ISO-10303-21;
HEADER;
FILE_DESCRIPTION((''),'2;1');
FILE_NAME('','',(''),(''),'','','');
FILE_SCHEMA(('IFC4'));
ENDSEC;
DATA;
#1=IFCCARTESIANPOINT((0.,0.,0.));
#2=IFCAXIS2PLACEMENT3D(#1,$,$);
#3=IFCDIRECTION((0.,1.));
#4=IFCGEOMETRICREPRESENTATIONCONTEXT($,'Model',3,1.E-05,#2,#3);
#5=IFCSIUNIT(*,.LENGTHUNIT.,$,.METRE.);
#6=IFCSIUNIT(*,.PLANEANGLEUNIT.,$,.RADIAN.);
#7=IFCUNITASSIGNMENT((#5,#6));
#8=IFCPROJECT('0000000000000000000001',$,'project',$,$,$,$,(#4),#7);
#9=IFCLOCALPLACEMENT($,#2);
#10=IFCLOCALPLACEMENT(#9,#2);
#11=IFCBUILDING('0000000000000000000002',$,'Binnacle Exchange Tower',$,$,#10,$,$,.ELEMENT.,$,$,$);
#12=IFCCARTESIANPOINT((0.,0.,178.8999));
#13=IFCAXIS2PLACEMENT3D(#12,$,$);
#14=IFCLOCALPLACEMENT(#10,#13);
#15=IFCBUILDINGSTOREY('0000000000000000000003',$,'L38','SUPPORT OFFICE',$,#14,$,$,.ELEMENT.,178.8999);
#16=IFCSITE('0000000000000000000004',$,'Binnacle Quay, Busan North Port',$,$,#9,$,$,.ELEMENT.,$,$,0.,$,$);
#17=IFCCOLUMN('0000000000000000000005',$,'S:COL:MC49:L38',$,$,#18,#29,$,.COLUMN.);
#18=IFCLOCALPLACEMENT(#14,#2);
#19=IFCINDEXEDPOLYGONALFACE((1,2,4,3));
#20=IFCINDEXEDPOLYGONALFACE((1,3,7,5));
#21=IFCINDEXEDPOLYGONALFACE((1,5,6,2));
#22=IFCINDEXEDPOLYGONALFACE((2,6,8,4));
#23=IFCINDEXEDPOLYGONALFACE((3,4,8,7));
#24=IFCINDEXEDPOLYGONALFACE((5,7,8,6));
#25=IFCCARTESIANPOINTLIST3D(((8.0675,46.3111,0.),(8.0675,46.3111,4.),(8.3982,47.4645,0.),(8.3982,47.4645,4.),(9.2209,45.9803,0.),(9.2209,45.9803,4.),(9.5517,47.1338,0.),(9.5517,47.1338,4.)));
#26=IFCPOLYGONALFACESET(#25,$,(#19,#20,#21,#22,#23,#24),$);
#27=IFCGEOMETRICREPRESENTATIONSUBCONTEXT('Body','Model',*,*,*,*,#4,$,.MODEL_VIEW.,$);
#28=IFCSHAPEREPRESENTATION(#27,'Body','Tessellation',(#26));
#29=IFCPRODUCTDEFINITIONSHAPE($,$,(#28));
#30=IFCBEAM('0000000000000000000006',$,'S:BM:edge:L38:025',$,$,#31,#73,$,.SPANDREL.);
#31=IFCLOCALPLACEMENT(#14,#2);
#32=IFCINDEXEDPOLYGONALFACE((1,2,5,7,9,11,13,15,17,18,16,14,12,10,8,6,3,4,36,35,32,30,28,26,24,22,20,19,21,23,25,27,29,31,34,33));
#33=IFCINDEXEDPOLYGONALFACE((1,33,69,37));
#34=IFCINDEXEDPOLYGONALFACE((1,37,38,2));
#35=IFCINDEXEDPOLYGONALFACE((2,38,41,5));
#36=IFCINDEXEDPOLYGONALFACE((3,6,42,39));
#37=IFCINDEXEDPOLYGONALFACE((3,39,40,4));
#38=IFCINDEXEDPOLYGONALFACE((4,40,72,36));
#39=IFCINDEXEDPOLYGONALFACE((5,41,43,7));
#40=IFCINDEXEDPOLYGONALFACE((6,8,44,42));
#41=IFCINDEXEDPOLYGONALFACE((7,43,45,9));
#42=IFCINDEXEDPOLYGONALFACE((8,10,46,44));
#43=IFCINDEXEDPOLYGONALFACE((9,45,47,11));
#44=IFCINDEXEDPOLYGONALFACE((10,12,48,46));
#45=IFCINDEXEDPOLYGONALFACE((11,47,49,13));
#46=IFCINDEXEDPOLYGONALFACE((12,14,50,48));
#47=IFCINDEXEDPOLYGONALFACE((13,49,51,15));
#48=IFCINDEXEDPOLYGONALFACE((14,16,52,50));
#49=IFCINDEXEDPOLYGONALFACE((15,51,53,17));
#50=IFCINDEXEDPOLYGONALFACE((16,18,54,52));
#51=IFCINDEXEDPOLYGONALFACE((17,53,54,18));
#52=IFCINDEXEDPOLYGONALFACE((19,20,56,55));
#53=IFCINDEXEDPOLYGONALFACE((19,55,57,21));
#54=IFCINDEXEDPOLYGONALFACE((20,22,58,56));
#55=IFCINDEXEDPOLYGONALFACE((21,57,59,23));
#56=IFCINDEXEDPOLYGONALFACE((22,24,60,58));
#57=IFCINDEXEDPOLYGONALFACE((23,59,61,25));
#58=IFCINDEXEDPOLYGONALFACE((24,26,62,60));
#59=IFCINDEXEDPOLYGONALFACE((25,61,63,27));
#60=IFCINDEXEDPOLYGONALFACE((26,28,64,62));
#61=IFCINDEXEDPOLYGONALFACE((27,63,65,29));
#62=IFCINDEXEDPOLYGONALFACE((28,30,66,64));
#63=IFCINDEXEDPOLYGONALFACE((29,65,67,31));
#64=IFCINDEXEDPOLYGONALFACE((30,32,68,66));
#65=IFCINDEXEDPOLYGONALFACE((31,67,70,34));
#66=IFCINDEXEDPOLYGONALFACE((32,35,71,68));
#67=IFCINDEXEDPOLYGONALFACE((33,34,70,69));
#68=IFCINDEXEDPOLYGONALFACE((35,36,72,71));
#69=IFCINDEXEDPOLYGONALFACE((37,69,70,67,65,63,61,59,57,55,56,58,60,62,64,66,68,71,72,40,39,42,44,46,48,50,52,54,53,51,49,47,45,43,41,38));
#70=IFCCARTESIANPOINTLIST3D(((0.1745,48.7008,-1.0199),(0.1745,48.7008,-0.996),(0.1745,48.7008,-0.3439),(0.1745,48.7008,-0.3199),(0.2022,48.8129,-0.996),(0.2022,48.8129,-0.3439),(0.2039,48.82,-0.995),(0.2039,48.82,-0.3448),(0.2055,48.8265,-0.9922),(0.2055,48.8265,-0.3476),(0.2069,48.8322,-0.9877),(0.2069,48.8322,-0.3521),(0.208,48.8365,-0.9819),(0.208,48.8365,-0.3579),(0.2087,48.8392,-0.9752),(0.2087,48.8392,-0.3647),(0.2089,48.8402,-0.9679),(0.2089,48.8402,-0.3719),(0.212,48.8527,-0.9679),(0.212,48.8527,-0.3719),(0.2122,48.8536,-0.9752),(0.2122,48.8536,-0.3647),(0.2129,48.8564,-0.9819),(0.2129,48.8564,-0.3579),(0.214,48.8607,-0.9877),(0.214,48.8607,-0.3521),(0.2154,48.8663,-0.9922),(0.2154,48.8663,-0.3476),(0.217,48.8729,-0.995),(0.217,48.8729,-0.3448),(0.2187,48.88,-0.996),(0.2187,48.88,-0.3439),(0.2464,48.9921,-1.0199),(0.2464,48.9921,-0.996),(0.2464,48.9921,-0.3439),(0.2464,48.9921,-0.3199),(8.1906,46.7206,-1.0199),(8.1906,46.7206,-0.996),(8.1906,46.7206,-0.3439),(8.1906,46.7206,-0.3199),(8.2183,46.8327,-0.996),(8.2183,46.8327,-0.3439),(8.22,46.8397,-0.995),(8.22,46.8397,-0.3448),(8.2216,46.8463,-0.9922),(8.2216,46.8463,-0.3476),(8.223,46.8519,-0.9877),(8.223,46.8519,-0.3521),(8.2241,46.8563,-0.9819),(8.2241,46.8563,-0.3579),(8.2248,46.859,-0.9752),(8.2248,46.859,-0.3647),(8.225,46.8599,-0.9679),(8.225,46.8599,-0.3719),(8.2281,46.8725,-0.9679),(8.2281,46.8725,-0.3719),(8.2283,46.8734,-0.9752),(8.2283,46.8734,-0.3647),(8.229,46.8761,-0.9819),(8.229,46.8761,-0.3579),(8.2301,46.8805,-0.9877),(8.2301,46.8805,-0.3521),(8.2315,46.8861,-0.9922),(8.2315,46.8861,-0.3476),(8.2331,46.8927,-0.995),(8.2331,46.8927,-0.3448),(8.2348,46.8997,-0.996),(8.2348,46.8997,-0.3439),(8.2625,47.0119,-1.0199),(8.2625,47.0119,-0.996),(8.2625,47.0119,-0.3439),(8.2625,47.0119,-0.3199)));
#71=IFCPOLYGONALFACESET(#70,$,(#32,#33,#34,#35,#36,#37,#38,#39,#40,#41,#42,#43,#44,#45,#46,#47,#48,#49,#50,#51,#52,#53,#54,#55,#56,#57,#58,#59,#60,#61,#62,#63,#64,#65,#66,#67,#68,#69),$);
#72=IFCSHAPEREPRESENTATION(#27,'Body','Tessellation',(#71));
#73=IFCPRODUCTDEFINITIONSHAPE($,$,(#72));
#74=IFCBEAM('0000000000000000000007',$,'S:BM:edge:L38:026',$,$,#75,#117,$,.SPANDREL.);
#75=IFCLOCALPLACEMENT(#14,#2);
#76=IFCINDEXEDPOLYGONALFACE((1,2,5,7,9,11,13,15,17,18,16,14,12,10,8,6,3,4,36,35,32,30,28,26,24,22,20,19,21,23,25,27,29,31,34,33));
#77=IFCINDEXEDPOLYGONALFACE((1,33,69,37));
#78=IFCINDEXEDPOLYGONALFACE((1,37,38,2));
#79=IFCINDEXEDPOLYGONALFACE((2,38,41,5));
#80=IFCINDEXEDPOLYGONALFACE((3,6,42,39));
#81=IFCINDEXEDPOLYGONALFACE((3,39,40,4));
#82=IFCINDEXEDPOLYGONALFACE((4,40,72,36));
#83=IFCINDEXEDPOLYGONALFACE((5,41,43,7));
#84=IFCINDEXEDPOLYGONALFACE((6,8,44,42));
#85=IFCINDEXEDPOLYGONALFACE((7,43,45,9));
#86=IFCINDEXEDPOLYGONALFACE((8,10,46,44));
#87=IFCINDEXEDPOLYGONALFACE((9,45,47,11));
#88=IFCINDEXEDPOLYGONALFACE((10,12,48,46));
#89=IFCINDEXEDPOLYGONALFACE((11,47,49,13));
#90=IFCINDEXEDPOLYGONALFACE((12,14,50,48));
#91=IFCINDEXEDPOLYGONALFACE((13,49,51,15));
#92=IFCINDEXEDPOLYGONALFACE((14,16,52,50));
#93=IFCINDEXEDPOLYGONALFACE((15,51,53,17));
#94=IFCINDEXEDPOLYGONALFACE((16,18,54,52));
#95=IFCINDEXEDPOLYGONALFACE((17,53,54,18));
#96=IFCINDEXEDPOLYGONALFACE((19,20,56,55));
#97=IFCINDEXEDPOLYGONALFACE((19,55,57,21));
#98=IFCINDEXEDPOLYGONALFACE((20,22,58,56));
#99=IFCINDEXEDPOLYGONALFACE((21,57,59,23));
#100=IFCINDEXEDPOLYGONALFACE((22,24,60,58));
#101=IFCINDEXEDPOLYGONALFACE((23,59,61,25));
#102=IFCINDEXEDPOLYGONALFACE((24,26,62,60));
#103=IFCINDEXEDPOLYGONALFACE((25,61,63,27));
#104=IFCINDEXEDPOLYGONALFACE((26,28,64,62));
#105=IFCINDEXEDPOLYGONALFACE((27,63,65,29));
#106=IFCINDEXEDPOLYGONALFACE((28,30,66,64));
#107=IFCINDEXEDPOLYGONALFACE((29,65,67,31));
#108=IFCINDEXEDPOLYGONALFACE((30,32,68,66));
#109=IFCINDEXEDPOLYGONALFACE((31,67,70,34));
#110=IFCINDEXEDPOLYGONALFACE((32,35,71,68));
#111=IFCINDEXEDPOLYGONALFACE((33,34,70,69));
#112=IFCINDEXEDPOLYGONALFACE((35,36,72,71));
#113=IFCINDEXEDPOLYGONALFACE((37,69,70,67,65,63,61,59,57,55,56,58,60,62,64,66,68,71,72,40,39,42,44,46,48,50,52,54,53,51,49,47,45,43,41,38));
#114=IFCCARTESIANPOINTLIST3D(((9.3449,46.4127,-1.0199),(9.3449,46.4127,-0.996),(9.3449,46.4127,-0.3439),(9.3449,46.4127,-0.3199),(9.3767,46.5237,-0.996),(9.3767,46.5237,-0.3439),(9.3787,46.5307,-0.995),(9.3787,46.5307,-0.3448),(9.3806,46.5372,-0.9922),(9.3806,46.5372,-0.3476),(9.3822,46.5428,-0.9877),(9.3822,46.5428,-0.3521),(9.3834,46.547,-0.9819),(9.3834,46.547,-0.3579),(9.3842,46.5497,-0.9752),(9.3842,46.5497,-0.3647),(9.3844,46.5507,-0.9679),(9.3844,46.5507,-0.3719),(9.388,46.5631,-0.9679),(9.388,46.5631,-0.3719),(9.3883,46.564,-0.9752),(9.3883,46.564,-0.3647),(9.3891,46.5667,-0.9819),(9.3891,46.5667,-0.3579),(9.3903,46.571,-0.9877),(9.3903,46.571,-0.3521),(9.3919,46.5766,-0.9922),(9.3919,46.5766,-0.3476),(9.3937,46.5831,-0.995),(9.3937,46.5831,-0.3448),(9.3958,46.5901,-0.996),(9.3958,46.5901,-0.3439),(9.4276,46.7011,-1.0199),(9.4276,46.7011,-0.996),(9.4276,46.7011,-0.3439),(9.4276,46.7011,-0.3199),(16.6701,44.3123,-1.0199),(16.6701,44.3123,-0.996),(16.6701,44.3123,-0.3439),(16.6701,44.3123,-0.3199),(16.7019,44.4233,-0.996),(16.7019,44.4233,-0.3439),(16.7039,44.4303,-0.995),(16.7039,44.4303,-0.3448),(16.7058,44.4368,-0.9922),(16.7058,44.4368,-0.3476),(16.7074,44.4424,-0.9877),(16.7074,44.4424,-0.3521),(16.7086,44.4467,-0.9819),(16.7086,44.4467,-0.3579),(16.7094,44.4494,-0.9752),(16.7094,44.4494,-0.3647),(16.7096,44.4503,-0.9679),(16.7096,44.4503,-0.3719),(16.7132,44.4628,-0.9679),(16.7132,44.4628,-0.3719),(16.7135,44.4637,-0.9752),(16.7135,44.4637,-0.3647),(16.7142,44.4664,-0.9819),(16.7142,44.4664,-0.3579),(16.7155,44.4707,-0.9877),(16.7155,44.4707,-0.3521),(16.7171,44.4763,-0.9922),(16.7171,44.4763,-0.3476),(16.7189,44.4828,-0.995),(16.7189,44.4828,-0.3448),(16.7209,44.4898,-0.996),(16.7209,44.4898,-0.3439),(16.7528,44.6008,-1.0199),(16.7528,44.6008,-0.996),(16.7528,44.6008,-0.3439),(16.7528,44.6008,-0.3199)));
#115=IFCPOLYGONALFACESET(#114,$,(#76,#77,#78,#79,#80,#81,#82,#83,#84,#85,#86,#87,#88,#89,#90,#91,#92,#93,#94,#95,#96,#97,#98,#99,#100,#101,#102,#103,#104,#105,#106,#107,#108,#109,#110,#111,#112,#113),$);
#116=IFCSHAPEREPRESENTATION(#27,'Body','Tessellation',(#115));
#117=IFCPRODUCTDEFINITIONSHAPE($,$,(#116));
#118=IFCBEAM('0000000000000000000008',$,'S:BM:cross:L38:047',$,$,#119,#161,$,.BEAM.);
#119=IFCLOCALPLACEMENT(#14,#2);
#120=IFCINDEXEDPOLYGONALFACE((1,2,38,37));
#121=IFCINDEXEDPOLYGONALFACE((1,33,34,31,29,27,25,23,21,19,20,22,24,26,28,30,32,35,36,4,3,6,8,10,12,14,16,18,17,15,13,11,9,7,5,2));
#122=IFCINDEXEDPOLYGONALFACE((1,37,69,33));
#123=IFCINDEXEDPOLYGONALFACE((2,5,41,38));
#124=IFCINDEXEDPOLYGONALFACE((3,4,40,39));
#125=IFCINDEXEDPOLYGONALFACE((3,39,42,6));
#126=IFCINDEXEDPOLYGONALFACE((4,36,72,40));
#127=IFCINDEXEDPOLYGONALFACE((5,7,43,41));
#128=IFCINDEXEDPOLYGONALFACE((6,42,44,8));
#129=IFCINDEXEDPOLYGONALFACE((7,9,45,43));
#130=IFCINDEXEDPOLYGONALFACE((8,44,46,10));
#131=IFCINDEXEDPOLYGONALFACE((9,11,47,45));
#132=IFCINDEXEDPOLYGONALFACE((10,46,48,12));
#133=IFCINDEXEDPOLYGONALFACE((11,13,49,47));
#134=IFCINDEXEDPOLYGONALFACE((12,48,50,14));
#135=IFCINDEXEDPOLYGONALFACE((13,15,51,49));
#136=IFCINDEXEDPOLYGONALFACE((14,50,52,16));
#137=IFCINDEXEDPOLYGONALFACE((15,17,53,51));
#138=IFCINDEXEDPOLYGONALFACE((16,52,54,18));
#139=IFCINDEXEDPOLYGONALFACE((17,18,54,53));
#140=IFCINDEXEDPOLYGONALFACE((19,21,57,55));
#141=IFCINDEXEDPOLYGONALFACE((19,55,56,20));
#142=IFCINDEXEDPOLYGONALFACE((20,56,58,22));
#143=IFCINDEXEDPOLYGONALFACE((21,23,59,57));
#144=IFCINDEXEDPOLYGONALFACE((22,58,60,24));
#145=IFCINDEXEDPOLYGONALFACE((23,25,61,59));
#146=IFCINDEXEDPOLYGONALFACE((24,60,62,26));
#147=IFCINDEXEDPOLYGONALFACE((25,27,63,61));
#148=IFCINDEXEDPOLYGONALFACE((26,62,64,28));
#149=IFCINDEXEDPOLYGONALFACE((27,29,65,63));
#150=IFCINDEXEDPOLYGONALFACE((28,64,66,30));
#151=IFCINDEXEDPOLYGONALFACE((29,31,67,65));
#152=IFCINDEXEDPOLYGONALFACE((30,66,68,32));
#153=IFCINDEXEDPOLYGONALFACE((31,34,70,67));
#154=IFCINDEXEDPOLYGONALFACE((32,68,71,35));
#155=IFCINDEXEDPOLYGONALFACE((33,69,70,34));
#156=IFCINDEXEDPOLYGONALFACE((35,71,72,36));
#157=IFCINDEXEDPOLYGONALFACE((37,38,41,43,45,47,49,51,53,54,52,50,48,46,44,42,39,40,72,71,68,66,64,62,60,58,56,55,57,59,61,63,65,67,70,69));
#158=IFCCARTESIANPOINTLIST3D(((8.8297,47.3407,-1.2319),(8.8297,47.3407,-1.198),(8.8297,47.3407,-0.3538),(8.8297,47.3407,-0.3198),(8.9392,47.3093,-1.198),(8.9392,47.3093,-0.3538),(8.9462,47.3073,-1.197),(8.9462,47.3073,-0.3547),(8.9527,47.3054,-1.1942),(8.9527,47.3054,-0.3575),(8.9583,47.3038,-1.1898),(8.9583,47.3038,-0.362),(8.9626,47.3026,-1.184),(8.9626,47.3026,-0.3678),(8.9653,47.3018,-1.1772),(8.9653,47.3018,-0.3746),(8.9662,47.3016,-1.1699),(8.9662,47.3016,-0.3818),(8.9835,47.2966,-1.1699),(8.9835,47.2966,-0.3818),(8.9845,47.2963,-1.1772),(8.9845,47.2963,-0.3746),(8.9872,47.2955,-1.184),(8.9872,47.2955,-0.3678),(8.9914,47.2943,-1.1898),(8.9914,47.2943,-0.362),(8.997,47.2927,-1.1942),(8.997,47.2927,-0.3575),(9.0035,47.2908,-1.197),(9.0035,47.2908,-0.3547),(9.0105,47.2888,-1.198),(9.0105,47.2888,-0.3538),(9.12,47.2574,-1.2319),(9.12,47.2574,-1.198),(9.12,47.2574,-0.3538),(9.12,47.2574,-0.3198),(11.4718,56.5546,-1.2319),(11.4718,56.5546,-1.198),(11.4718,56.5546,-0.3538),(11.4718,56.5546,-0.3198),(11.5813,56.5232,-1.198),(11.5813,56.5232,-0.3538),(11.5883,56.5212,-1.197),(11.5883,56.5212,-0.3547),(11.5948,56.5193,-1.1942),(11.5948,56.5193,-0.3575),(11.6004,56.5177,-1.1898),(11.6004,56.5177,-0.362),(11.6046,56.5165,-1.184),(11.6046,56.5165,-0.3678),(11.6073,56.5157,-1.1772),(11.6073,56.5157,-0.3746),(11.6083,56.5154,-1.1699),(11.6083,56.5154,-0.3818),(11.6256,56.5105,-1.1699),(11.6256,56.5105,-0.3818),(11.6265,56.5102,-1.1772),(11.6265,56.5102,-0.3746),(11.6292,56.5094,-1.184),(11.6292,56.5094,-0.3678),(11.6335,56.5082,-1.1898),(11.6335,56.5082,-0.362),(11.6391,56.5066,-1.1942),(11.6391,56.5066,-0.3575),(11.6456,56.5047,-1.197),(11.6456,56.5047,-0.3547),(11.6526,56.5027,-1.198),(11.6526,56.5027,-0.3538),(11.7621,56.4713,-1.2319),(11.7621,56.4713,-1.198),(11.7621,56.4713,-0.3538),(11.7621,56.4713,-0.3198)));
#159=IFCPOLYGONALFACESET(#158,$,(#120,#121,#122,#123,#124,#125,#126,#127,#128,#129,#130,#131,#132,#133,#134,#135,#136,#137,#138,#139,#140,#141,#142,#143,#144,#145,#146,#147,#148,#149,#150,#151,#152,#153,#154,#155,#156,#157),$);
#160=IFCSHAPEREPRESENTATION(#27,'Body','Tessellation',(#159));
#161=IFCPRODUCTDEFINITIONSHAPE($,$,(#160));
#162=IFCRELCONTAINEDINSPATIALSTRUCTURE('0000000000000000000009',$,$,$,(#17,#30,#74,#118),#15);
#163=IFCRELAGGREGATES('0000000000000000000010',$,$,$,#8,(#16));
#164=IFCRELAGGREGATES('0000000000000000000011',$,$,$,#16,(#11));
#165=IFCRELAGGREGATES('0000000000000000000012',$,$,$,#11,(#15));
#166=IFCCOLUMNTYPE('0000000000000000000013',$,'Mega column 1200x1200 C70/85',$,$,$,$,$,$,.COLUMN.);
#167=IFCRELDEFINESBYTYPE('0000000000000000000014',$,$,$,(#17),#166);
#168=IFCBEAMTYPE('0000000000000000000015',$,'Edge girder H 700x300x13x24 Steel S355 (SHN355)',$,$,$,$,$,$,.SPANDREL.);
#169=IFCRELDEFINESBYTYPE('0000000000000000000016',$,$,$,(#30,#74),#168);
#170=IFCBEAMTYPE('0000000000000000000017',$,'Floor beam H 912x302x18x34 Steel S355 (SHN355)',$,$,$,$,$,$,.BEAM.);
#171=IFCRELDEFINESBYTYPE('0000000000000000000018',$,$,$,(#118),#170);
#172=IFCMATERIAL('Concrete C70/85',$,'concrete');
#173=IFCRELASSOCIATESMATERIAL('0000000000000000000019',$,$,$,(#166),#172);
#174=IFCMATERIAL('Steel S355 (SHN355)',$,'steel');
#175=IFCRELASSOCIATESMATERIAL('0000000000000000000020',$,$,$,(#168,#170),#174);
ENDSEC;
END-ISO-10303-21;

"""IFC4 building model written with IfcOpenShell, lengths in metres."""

from ifc_helpers import new_model, si_unit, direction, frame, origin, origin_2d, place, context, subcontext, project, spatial, rectangle, i_section, extrude, material, material_profile, profile_set, type_object, element, save


model = new_model("IFC4")

# Units and contexts
model_context = context("Model", 3, precision=1e-05, world=origin(), true_north=direction((0.0, 1.0)))
body_context = subcontext(model_context, "Body", "Model", "MODEL_VIEW")
ifc_project = project(units=[si_unit("LENGTHUNIT", "METRE"), si_unit("PLANEANGLEUNIT", "RADIAN")], contexts=[model_context])

# Site, building, storey
site_placement = place(None, origin())
site = spatial("IfcSite", under=ifc_project, at=site_placement, Name="Binnacle Quay, Busan North Port", CompositionType="ELEMENT", RefElevation=0.0)
building_placement = place(site_placement, origin())
building = spatial("IfcBuilding", under=site, at=building_placement, Name="Binnacle Exchange Tower", CompositionType="ELEMENT")
storey_placement = place(building_placement, frame((0.0, 0.0, 178.8999)))
storey = spatial("IfcBuildingStorey", under=building, at=storey_placement, Name="L38", Description="SUPPORT OFFICE", CompositionType="ELEMENT", Elevation=178.8999)

# Column
ifc_material_1 = material(Name="Concrete C70/85", Category="concrete")
ifc_material_profile_1 = material_profile(ifc_material_1, rectangle(XDim=1.2, YDim=1.2, at=origin_2d()), Name="Mega column 1200x1200 C70/85")
ifc_profile_set_1 = profile_set([ifc_material_profile_1], Name="Concrete C70/85")
column_type = type_object("IfcColumnType", Name="Mega column 1200x1200 C70/85", PredefinedType="COLUMN", material=ifc_profile_set_1)
column_placement = place(storey_placement, frame((8.8096, 46.7224, 0.0), z_axis=(0.0, 0.0, 1.0), x_axis=(0.961262, -0.275637, 0.0)))
element("IfcColumn", 1, at=column_placement, inside=storey, type_object=column_type, Name="S:COL:MC49:L38", PredefinedType="COLUMN", context=body_context, shape_type="SweptSolid", body=[
    extrude(rectangle(XDim=1.2, YDim=1.2, at=origin_2d()), origin(), (0.0, 0.0, 1.0), 4.0),
])

# Beams
ifc_material_2 = material(Name="Steel S355 (SHN355)", Category="steel")
ifc_material_profile_2 = material_profile(ifc_material_2, i_section(OverallWidth=0.3, OverallDepth=0.7, WebThickness=0.0129, FlangeThickness=0.0239, FilletRadius=0.0281, at=origin_2d()), Name="H 700x300x13x24")
ifc_profile_set_2 = profile_set([ifc_material_profile_2], Name="Steel S355 (SHN355)")
beam_type_1 = type_object("IfcBeamType", Name="Edge girder H 700x300x13x24 Steel S355 (SHN355)", PredefinedType="SPANDREL", material=ifc_profile_set_2)
beam_1_placement = place(storey_placement, frame((0.2104, 48.8464, -0.6699), z_axis=(0.970817, -0.239821, 0.0), x_axis=(0.239821, 0.970817, 0.0)))
element("IfcBeam", 2, at=beam_1_placement, inside=storey, type_object=beam_type_1, Name="S:BM:edge:L38:025", PredefinedType="SPANDREL", context=body_context, shape_type="SweptSolid", body=[
    extrude(i_section(OverallWidth=0.3, OverallDepth=0.7, WebThickness=0.0129, FlangeThickness=0.0239, FilletRadius=0.0281, at=origin_2d()), origin(), (0.0, 0.0, 1.0), 8.2571),
])
beam_2_placement = place(storey_placement, frame((9.3862, 46.5569, -0.6699), z_axis=(0.961266, -0.275622, 0.0), x_axis=(0.275622, 0.961266, 0.0)))
element("IfcBeam", 3, at=beam_2_placement, inside=storey, type_object=beam_type_1, Name="S:BM:edge:L38:026", PredefinedType="SPANDREL", context=body_context, shape_type="SweptSolid", body=[
    extrude(i_section(OverallWidth=0.3, OverallDepth=0.7, WebThickness=0.0129, FlangeThickness=0.0239, FilletRadius=0.0281, at=origin_2d()), origin(), (0.0, 0.0, 1.0), 7.6204),
])
ifc_material_profile_3 = material_profile(ifc_material_2, i_section(OverallWidth=0.302, OverallDepth=0.9121, WebThickness=0.0181, FlangeThickness=0.0339, FilletRadius=0.0281, at=origin_2d()), Name="H 912x302x18x34")
ifc_profile_set_3 = profile_set([ifc_material_profile_3], Name="Steel S355 (SHN355)")
beam_type_2 = type_object("IfcBeamType", Name="Floor beam H 912x302x18x34 Steel S355 (SHN355)", PredefinedType="BEAM", material=ifc_profile_set_3)
beam_3_placement = place(storey_placement, frame((8.9749, 47.2991, -0.7759), z_axis=(0.275643, 0.96126, 0.0), x_axis=(-0.96126, 0.275643, 0.0)))
element("IfcBeam", 4, at=beam_3_placement, inside=storey, type_object=beam_type_2, Name="S:BM:cross:L38:047", PredefinedType="BEAM", context=body_context, shape_type="SweptSolid", body=[
    extrude(i_section(OverallWidth=0.302, OverallDepth=0.9121, WebThickness=0.0181, FlangeThickness=0.0339, FilletRadius=0.0281, at=origin_2d()), origin(), (0.0, 0.0, 1.0), 9.5852),
])

save(model, "model.ifc")
